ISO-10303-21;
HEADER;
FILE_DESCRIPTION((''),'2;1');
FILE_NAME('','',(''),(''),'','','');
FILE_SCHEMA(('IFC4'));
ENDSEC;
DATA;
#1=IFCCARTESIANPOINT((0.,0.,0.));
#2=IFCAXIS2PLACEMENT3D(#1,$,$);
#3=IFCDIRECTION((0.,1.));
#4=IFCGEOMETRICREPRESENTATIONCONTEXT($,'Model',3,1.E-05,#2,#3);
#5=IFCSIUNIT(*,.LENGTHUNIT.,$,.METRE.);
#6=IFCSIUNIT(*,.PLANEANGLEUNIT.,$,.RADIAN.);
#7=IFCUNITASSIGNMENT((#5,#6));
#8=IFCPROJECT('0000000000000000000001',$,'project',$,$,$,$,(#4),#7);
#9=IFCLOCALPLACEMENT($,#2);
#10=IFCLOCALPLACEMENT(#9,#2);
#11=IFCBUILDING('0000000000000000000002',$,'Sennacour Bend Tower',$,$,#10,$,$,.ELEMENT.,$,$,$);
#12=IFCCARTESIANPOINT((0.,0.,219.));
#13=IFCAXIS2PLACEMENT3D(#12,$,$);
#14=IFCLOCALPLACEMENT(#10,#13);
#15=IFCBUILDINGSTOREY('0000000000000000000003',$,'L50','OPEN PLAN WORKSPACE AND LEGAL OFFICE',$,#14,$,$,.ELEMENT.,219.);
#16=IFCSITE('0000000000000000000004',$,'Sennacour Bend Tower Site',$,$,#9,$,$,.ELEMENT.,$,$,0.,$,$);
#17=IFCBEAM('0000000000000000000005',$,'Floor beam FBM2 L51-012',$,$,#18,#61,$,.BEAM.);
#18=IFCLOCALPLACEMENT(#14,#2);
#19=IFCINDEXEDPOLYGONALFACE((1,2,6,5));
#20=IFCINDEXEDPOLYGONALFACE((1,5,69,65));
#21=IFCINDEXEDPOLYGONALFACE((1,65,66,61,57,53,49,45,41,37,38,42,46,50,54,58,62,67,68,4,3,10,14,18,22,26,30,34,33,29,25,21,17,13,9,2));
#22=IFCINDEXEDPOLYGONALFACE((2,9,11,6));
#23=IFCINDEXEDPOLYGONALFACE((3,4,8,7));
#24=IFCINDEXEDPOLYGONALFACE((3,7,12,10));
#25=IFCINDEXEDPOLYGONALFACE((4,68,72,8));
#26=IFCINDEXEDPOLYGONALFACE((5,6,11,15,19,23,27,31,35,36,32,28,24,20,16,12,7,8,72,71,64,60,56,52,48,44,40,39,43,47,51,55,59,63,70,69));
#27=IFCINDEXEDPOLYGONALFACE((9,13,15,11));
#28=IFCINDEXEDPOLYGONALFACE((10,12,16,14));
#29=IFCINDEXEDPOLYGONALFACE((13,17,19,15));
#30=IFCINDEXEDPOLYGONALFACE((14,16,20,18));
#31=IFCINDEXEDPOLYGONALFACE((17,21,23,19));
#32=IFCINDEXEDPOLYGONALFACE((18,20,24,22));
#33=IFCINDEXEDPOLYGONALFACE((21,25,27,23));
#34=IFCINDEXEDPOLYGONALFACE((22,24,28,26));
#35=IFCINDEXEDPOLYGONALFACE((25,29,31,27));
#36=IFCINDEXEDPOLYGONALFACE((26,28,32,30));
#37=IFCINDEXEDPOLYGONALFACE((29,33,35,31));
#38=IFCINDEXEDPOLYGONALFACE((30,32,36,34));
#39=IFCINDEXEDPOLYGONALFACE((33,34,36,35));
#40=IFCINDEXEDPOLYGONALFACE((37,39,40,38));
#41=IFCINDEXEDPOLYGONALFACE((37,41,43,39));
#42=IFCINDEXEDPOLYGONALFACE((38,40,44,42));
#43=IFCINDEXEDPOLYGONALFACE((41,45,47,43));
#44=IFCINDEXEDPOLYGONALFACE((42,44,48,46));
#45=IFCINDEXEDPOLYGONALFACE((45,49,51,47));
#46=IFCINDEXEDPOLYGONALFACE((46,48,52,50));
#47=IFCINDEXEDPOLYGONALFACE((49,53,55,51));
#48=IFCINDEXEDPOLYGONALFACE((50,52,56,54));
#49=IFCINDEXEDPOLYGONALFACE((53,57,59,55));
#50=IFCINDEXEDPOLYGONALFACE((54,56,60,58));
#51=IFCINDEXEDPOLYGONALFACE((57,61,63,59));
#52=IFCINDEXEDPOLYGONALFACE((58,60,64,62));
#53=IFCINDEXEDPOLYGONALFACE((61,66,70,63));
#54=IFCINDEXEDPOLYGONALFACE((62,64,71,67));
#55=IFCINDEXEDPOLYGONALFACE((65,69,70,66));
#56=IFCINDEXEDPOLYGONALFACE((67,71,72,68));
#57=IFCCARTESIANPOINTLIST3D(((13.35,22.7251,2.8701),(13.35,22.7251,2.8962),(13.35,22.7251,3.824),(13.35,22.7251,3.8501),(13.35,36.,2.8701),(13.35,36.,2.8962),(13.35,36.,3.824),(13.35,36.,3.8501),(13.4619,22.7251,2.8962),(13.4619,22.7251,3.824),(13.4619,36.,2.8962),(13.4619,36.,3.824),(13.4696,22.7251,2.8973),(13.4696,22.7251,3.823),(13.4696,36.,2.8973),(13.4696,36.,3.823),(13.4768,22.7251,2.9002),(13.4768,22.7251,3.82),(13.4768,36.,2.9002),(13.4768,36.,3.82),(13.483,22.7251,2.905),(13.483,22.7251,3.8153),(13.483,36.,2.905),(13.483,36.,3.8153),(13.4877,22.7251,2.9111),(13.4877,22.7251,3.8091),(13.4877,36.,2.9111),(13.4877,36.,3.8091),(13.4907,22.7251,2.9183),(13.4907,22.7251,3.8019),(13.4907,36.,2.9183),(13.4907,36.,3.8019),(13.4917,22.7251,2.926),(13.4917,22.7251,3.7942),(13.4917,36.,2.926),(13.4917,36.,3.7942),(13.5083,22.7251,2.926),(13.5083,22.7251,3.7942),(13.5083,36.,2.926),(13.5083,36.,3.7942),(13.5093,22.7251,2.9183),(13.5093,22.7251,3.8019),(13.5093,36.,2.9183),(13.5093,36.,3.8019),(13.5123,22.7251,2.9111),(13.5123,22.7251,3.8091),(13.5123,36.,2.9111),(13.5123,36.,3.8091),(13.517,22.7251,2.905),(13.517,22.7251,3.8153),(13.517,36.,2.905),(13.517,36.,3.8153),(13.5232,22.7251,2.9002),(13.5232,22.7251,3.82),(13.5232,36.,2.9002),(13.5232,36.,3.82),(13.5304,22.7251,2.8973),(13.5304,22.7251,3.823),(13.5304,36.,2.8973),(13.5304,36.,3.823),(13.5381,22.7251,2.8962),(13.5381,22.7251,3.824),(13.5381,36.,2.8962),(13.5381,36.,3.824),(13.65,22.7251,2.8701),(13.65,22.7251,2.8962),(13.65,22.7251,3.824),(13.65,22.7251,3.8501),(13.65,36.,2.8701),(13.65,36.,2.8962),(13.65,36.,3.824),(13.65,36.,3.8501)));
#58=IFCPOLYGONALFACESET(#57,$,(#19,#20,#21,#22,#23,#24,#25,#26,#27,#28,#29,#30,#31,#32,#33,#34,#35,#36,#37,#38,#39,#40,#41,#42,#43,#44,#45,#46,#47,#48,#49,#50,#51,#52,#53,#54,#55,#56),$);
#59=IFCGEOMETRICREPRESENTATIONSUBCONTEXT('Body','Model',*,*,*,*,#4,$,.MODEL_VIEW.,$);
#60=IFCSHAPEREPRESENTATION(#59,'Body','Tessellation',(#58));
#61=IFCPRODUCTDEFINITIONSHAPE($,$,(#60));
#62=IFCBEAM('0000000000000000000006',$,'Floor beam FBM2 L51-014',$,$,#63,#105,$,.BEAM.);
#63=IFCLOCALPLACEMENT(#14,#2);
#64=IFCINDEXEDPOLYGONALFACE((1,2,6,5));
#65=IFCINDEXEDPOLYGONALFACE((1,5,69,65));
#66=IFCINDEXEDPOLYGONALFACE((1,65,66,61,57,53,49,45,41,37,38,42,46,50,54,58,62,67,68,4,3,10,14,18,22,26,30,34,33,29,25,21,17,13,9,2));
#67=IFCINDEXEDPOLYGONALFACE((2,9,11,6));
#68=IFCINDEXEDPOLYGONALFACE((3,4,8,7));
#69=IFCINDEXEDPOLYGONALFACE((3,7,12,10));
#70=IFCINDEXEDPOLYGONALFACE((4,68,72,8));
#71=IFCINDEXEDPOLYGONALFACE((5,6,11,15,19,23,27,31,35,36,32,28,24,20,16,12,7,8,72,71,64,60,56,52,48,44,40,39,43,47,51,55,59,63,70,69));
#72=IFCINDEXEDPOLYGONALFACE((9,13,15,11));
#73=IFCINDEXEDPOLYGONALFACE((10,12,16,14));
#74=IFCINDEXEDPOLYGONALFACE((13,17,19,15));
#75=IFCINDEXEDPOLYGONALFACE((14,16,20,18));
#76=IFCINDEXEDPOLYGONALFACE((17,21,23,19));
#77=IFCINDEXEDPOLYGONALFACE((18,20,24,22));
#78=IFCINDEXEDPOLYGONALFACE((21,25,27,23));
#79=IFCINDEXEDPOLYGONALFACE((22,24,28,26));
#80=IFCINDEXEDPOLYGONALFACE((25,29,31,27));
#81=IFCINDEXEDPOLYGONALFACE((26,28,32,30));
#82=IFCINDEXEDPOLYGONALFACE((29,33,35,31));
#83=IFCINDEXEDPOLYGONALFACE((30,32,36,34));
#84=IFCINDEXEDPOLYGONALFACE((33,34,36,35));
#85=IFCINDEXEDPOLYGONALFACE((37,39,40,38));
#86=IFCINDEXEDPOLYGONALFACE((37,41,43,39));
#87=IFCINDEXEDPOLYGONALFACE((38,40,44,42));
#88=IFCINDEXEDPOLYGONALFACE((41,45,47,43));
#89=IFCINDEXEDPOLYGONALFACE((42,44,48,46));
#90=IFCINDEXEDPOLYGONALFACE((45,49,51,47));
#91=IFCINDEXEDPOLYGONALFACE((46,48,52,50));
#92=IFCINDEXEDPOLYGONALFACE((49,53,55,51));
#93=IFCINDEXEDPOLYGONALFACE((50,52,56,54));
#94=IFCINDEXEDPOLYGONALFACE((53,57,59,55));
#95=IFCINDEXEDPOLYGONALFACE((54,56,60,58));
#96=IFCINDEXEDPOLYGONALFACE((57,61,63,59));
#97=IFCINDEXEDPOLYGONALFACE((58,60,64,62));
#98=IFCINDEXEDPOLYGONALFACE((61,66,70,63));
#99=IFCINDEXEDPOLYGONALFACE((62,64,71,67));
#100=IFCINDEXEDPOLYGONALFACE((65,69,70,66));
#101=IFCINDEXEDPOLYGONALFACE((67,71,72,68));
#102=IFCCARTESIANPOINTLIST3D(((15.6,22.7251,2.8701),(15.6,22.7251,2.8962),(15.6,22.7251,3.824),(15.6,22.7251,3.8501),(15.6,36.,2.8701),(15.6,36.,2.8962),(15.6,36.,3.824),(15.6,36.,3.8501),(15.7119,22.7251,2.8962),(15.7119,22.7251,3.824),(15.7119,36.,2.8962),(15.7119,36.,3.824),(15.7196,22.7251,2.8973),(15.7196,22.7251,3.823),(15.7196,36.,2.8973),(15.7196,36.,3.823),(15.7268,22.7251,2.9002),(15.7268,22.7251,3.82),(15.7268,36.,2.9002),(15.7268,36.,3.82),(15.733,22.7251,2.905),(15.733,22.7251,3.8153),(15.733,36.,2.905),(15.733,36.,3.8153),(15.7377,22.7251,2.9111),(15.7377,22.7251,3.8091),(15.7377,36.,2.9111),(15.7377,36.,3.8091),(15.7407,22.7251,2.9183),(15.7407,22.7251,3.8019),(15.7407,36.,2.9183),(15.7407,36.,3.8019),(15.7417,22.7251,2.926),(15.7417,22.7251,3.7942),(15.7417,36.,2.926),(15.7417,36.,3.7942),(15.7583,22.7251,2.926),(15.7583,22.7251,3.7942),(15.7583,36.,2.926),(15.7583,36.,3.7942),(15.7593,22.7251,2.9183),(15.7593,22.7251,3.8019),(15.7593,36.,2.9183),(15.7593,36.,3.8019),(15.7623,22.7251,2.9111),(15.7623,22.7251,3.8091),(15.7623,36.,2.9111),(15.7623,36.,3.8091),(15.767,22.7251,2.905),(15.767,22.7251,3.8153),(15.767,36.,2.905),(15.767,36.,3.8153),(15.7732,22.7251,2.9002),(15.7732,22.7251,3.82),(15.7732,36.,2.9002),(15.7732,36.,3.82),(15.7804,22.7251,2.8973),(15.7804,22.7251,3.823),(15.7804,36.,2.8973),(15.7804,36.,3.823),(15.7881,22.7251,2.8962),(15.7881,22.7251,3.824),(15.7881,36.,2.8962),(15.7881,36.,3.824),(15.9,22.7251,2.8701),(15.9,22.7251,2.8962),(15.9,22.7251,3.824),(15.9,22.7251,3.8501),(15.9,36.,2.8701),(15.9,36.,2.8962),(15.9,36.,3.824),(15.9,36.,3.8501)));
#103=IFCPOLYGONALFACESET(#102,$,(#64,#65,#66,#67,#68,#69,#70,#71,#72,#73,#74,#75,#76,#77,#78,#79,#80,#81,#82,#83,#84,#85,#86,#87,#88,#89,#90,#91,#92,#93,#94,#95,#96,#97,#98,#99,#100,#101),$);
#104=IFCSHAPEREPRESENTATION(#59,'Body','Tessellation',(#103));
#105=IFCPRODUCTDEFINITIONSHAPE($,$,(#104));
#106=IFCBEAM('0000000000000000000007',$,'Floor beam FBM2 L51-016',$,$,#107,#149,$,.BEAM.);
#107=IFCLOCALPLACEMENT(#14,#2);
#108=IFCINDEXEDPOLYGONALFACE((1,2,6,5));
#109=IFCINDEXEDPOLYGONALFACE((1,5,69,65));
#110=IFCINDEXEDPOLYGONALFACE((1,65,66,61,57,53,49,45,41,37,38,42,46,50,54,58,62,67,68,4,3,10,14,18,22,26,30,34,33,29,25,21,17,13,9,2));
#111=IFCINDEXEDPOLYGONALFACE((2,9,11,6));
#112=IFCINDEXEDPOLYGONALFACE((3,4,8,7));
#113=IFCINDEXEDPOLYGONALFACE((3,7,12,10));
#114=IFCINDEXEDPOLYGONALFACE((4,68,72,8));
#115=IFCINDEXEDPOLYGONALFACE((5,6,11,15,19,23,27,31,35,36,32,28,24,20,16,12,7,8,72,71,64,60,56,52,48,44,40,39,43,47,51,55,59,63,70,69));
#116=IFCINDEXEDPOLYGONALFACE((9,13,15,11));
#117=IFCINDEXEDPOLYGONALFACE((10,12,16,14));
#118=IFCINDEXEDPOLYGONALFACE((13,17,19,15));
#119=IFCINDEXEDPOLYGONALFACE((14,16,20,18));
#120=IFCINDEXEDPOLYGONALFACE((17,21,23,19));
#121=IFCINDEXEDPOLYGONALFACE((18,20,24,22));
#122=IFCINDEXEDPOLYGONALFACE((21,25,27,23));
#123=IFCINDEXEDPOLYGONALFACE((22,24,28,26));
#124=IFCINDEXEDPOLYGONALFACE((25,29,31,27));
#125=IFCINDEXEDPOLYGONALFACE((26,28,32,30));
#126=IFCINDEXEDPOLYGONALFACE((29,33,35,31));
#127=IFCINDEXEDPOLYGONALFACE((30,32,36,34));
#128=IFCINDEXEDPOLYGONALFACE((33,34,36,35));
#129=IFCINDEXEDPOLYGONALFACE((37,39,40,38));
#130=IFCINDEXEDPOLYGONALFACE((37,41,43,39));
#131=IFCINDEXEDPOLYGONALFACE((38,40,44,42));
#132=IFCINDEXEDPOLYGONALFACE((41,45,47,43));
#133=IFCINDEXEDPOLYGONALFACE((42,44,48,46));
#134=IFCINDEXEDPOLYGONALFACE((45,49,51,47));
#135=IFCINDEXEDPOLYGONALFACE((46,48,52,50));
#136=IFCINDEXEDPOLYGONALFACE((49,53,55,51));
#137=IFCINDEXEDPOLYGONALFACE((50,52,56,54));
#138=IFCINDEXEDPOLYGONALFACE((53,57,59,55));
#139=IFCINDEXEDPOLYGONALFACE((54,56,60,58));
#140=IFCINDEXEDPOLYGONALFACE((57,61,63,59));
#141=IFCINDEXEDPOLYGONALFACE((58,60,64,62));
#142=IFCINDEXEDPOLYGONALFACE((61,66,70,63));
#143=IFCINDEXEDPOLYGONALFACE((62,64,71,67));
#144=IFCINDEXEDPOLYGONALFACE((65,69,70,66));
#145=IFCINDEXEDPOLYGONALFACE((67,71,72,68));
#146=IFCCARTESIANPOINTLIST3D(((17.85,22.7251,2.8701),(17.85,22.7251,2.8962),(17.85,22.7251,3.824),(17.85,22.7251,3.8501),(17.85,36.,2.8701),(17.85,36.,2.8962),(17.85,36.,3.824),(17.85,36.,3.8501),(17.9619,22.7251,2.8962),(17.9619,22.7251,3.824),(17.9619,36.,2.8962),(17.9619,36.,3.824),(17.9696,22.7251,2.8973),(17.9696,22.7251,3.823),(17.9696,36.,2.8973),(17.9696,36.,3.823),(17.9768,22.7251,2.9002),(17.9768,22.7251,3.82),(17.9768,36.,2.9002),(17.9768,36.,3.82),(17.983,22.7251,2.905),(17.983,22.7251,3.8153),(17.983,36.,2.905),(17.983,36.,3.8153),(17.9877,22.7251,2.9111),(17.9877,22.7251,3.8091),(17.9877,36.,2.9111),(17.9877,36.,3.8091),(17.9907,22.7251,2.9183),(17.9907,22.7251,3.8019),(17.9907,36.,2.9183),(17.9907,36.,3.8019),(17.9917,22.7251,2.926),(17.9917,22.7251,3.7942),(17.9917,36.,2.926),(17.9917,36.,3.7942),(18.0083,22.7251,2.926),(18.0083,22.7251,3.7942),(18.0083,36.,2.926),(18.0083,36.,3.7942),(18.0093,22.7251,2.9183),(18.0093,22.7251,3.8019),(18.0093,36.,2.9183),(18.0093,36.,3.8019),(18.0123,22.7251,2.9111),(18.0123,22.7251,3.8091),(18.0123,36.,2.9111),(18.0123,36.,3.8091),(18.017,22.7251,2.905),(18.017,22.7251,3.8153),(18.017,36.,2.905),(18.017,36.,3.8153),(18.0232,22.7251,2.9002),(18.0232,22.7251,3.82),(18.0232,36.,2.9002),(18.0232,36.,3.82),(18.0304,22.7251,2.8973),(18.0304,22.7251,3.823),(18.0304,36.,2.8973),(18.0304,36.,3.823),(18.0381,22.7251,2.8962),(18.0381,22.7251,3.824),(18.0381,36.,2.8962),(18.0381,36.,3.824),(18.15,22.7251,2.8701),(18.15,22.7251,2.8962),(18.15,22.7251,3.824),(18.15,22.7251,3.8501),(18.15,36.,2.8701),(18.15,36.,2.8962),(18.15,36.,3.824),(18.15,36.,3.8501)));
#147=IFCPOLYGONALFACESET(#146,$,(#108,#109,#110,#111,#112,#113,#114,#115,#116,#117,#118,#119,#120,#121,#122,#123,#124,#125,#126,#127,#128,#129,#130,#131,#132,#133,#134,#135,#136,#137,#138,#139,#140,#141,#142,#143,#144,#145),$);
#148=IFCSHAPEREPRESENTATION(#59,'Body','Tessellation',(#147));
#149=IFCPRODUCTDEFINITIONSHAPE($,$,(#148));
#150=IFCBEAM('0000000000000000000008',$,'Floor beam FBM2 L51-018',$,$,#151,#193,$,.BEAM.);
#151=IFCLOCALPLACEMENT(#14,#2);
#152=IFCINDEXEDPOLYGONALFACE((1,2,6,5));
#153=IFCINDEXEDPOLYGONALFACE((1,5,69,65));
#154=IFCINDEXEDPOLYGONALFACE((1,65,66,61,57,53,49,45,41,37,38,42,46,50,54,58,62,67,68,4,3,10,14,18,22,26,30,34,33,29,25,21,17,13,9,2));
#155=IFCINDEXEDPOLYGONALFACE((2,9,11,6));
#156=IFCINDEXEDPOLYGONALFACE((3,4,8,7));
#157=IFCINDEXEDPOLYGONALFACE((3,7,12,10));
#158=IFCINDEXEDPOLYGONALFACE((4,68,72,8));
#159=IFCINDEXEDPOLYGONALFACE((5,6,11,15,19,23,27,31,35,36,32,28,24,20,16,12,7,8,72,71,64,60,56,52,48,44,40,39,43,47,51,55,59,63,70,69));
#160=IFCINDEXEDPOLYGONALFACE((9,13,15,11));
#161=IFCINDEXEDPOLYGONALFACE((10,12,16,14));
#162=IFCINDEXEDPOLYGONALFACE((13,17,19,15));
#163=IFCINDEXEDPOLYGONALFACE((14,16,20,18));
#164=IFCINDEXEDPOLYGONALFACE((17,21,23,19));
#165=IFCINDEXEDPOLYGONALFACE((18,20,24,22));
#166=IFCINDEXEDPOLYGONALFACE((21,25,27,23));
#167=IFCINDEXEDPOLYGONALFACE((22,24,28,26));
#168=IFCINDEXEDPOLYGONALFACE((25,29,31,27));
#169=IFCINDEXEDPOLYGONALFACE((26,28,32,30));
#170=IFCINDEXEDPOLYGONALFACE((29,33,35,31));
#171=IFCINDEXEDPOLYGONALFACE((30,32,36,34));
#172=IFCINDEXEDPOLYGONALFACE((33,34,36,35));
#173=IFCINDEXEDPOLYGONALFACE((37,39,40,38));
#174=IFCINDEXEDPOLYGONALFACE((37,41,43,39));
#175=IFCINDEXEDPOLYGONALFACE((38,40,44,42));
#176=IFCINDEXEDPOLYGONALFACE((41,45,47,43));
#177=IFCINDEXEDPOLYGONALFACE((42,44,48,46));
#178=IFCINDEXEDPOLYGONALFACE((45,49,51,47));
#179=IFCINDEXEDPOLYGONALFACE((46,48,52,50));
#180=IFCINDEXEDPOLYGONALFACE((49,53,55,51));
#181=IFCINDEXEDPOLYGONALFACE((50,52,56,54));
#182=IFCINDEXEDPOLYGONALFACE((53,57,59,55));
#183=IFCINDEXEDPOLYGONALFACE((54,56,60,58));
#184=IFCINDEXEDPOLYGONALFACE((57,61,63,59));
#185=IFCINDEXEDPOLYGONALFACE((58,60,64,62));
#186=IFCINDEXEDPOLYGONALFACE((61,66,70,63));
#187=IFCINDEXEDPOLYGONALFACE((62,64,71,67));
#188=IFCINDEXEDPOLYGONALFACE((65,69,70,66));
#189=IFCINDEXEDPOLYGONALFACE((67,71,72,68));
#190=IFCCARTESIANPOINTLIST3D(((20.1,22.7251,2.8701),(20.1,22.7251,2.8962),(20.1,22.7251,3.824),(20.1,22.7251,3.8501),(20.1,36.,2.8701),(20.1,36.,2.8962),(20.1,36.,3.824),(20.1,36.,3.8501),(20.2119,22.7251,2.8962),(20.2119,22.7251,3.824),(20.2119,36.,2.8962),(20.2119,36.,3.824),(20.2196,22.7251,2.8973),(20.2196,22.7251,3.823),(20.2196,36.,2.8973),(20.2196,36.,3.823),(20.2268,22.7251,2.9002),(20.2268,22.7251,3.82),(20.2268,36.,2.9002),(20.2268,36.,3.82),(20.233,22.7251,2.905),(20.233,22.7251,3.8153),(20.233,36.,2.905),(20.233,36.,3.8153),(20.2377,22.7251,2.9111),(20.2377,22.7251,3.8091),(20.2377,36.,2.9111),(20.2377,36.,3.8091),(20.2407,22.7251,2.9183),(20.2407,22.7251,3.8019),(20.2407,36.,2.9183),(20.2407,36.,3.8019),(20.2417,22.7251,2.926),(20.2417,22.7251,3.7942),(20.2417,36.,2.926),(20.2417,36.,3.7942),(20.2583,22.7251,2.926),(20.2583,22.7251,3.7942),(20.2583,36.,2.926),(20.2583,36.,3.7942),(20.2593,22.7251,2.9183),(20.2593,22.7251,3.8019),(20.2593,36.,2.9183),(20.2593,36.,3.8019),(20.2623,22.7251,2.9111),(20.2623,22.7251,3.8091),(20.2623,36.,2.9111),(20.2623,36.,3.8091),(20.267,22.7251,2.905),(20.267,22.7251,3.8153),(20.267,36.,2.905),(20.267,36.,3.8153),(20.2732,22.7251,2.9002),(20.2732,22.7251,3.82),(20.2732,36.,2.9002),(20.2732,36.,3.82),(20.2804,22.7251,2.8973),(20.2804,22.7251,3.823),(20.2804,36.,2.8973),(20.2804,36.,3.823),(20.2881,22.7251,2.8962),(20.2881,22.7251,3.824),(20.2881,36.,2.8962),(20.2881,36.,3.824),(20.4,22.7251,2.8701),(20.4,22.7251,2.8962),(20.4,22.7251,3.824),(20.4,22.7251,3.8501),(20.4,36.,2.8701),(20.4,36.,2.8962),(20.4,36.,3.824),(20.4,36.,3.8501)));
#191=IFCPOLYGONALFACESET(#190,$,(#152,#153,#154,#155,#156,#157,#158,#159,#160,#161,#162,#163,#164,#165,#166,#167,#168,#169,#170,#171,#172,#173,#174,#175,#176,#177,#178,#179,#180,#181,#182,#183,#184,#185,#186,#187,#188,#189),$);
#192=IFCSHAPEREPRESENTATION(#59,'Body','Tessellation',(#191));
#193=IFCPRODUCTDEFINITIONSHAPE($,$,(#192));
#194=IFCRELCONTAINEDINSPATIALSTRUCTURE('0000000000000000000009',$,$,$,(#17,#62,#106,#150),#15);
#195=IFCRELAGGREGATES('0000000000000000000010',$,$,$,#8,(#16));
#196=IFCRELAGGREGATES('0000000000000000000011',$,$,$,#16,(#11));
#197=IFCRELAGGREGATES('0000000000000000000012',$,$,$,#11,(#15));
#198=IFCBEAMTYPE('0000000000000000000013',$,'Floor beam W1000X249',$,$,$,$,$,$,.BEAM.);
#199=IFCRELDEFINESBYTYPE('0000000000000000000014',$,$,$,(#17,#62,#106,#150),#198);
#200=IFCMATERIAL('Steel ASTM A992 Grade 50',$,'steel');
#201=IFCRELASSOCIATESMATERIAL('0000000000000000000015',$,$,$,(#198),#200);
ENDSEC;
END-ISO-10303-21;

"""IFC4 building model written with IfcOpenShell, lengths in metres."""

from ifc_helpers import new_model, si_unit, direction, frame, origin, origin_2d, place, context, subcontext, project, spatial, i_section, extrude, material, material_profile, profile_set, type_object, element, save


model = new_model("IFC4")

# Units and contexts
model_context = context("Model", 3, precision=1e-05, world=origin(), true_north=direction((0.0, 1.0)))
body_context = subcontext(model_context, "Body", "Model", "MODEL_VIEW")
ifc_project = project(units=[si_unit("LENGTHUNIT", "METRE"), si_unit("PLANEANGLEUNIT", "RADIAN")], contexts=[model_context])

# Site, building, storey
site_placement = place(None, origin())
site = spatial("IfcSite", under=ifc_project, at=site_placement, Name="Sennacour Bend Tower Site", CompositionType="ELEMENT", RefElevation=0.0)
building_placement = place(site_placement, origin())
building = spatial("IfcBuilding", under=site, at=building_placement, Name="Sennacour Bend Tower", CompositionType="ELEMENT")
storey_placement = place(building_placement, frame((0.0, 0.0, 219.0)))
storey = spatial("IfcBuildingStorey", under=building, at=storey_placement, Name="L50", Description="OPEN PLAN WORKSPACE AND LEGAL OFFICE", CompositionType="ELEMENT", Elevation=219.0)

# Beams
ifc_material_1 = material(Name="Steel ASTM A992 Grade 50", Category="steel")
ifc_material_profile_1 = material_profile(ifc_material_1, i_section(OverallWidth=0.3, OverallDepth=0.98, WebThickness=0.0166, FlangeThickness=0.0261, FilletRadius=0.0298, at=origin_2d()), Name="Steel ASTM A992 Grade 50", Category="steel")
ifc_profile_set_1 = profile_set([ifc_material_profile_1], Name="Steel ASTM A992 Grade 50")
beam_type_1 = type_object("IfcBeamType", Name="Floor beam W1000X249", PredefinedType="BEAM", material=ifc_profile_set_1)
for number, where, z_axis, x_axis, name in (
    (1, (13.5, 22.7251, 3.3601), (0.0, 1.0, 0.0), (-1.0, 0.0, 0.0), "Floor beam FBM2 L51-012"),
    (2, (15.75, 22.7251, 3.3601), (0.0, 1.0, 0.0), (-1.0, 0.0, 0.0), "Floor beam FBM2 L51-014"),
    (3, (18.0, 22.7251, 3.3601), (0.0, 1.0, 0.0), (-1.0, 0.0, 0.0), "Floor beam FBM2 L51-016"),
    (4, (20.25, 22.7251, 3.3601), (0.0, 1.0, 0.0), (-1.0, 0.0, 0.0), "Floor beam FBM2 L51-018"),
):
    element("IfcBeam", number, at=place(storey_placement, frame(where, z_axis=z_axis, x_axis=x_axis)), inside=storey, type_object=beam_type_1, Name=name, PredefinedType="BEAM", context=body_context, shape_type="SweptSolid", body=[
        extrude(i_section(OverallWidth=0.3, OverallDepth=0.98, WebThickness=0.0166, FlangeThickness=0.0261, FilletRadius=0.0298, at=origin_2d()), origin(), (0.0, 0.0, 1.0), 13.2749),
    ])

save(model, "model.ifc")
